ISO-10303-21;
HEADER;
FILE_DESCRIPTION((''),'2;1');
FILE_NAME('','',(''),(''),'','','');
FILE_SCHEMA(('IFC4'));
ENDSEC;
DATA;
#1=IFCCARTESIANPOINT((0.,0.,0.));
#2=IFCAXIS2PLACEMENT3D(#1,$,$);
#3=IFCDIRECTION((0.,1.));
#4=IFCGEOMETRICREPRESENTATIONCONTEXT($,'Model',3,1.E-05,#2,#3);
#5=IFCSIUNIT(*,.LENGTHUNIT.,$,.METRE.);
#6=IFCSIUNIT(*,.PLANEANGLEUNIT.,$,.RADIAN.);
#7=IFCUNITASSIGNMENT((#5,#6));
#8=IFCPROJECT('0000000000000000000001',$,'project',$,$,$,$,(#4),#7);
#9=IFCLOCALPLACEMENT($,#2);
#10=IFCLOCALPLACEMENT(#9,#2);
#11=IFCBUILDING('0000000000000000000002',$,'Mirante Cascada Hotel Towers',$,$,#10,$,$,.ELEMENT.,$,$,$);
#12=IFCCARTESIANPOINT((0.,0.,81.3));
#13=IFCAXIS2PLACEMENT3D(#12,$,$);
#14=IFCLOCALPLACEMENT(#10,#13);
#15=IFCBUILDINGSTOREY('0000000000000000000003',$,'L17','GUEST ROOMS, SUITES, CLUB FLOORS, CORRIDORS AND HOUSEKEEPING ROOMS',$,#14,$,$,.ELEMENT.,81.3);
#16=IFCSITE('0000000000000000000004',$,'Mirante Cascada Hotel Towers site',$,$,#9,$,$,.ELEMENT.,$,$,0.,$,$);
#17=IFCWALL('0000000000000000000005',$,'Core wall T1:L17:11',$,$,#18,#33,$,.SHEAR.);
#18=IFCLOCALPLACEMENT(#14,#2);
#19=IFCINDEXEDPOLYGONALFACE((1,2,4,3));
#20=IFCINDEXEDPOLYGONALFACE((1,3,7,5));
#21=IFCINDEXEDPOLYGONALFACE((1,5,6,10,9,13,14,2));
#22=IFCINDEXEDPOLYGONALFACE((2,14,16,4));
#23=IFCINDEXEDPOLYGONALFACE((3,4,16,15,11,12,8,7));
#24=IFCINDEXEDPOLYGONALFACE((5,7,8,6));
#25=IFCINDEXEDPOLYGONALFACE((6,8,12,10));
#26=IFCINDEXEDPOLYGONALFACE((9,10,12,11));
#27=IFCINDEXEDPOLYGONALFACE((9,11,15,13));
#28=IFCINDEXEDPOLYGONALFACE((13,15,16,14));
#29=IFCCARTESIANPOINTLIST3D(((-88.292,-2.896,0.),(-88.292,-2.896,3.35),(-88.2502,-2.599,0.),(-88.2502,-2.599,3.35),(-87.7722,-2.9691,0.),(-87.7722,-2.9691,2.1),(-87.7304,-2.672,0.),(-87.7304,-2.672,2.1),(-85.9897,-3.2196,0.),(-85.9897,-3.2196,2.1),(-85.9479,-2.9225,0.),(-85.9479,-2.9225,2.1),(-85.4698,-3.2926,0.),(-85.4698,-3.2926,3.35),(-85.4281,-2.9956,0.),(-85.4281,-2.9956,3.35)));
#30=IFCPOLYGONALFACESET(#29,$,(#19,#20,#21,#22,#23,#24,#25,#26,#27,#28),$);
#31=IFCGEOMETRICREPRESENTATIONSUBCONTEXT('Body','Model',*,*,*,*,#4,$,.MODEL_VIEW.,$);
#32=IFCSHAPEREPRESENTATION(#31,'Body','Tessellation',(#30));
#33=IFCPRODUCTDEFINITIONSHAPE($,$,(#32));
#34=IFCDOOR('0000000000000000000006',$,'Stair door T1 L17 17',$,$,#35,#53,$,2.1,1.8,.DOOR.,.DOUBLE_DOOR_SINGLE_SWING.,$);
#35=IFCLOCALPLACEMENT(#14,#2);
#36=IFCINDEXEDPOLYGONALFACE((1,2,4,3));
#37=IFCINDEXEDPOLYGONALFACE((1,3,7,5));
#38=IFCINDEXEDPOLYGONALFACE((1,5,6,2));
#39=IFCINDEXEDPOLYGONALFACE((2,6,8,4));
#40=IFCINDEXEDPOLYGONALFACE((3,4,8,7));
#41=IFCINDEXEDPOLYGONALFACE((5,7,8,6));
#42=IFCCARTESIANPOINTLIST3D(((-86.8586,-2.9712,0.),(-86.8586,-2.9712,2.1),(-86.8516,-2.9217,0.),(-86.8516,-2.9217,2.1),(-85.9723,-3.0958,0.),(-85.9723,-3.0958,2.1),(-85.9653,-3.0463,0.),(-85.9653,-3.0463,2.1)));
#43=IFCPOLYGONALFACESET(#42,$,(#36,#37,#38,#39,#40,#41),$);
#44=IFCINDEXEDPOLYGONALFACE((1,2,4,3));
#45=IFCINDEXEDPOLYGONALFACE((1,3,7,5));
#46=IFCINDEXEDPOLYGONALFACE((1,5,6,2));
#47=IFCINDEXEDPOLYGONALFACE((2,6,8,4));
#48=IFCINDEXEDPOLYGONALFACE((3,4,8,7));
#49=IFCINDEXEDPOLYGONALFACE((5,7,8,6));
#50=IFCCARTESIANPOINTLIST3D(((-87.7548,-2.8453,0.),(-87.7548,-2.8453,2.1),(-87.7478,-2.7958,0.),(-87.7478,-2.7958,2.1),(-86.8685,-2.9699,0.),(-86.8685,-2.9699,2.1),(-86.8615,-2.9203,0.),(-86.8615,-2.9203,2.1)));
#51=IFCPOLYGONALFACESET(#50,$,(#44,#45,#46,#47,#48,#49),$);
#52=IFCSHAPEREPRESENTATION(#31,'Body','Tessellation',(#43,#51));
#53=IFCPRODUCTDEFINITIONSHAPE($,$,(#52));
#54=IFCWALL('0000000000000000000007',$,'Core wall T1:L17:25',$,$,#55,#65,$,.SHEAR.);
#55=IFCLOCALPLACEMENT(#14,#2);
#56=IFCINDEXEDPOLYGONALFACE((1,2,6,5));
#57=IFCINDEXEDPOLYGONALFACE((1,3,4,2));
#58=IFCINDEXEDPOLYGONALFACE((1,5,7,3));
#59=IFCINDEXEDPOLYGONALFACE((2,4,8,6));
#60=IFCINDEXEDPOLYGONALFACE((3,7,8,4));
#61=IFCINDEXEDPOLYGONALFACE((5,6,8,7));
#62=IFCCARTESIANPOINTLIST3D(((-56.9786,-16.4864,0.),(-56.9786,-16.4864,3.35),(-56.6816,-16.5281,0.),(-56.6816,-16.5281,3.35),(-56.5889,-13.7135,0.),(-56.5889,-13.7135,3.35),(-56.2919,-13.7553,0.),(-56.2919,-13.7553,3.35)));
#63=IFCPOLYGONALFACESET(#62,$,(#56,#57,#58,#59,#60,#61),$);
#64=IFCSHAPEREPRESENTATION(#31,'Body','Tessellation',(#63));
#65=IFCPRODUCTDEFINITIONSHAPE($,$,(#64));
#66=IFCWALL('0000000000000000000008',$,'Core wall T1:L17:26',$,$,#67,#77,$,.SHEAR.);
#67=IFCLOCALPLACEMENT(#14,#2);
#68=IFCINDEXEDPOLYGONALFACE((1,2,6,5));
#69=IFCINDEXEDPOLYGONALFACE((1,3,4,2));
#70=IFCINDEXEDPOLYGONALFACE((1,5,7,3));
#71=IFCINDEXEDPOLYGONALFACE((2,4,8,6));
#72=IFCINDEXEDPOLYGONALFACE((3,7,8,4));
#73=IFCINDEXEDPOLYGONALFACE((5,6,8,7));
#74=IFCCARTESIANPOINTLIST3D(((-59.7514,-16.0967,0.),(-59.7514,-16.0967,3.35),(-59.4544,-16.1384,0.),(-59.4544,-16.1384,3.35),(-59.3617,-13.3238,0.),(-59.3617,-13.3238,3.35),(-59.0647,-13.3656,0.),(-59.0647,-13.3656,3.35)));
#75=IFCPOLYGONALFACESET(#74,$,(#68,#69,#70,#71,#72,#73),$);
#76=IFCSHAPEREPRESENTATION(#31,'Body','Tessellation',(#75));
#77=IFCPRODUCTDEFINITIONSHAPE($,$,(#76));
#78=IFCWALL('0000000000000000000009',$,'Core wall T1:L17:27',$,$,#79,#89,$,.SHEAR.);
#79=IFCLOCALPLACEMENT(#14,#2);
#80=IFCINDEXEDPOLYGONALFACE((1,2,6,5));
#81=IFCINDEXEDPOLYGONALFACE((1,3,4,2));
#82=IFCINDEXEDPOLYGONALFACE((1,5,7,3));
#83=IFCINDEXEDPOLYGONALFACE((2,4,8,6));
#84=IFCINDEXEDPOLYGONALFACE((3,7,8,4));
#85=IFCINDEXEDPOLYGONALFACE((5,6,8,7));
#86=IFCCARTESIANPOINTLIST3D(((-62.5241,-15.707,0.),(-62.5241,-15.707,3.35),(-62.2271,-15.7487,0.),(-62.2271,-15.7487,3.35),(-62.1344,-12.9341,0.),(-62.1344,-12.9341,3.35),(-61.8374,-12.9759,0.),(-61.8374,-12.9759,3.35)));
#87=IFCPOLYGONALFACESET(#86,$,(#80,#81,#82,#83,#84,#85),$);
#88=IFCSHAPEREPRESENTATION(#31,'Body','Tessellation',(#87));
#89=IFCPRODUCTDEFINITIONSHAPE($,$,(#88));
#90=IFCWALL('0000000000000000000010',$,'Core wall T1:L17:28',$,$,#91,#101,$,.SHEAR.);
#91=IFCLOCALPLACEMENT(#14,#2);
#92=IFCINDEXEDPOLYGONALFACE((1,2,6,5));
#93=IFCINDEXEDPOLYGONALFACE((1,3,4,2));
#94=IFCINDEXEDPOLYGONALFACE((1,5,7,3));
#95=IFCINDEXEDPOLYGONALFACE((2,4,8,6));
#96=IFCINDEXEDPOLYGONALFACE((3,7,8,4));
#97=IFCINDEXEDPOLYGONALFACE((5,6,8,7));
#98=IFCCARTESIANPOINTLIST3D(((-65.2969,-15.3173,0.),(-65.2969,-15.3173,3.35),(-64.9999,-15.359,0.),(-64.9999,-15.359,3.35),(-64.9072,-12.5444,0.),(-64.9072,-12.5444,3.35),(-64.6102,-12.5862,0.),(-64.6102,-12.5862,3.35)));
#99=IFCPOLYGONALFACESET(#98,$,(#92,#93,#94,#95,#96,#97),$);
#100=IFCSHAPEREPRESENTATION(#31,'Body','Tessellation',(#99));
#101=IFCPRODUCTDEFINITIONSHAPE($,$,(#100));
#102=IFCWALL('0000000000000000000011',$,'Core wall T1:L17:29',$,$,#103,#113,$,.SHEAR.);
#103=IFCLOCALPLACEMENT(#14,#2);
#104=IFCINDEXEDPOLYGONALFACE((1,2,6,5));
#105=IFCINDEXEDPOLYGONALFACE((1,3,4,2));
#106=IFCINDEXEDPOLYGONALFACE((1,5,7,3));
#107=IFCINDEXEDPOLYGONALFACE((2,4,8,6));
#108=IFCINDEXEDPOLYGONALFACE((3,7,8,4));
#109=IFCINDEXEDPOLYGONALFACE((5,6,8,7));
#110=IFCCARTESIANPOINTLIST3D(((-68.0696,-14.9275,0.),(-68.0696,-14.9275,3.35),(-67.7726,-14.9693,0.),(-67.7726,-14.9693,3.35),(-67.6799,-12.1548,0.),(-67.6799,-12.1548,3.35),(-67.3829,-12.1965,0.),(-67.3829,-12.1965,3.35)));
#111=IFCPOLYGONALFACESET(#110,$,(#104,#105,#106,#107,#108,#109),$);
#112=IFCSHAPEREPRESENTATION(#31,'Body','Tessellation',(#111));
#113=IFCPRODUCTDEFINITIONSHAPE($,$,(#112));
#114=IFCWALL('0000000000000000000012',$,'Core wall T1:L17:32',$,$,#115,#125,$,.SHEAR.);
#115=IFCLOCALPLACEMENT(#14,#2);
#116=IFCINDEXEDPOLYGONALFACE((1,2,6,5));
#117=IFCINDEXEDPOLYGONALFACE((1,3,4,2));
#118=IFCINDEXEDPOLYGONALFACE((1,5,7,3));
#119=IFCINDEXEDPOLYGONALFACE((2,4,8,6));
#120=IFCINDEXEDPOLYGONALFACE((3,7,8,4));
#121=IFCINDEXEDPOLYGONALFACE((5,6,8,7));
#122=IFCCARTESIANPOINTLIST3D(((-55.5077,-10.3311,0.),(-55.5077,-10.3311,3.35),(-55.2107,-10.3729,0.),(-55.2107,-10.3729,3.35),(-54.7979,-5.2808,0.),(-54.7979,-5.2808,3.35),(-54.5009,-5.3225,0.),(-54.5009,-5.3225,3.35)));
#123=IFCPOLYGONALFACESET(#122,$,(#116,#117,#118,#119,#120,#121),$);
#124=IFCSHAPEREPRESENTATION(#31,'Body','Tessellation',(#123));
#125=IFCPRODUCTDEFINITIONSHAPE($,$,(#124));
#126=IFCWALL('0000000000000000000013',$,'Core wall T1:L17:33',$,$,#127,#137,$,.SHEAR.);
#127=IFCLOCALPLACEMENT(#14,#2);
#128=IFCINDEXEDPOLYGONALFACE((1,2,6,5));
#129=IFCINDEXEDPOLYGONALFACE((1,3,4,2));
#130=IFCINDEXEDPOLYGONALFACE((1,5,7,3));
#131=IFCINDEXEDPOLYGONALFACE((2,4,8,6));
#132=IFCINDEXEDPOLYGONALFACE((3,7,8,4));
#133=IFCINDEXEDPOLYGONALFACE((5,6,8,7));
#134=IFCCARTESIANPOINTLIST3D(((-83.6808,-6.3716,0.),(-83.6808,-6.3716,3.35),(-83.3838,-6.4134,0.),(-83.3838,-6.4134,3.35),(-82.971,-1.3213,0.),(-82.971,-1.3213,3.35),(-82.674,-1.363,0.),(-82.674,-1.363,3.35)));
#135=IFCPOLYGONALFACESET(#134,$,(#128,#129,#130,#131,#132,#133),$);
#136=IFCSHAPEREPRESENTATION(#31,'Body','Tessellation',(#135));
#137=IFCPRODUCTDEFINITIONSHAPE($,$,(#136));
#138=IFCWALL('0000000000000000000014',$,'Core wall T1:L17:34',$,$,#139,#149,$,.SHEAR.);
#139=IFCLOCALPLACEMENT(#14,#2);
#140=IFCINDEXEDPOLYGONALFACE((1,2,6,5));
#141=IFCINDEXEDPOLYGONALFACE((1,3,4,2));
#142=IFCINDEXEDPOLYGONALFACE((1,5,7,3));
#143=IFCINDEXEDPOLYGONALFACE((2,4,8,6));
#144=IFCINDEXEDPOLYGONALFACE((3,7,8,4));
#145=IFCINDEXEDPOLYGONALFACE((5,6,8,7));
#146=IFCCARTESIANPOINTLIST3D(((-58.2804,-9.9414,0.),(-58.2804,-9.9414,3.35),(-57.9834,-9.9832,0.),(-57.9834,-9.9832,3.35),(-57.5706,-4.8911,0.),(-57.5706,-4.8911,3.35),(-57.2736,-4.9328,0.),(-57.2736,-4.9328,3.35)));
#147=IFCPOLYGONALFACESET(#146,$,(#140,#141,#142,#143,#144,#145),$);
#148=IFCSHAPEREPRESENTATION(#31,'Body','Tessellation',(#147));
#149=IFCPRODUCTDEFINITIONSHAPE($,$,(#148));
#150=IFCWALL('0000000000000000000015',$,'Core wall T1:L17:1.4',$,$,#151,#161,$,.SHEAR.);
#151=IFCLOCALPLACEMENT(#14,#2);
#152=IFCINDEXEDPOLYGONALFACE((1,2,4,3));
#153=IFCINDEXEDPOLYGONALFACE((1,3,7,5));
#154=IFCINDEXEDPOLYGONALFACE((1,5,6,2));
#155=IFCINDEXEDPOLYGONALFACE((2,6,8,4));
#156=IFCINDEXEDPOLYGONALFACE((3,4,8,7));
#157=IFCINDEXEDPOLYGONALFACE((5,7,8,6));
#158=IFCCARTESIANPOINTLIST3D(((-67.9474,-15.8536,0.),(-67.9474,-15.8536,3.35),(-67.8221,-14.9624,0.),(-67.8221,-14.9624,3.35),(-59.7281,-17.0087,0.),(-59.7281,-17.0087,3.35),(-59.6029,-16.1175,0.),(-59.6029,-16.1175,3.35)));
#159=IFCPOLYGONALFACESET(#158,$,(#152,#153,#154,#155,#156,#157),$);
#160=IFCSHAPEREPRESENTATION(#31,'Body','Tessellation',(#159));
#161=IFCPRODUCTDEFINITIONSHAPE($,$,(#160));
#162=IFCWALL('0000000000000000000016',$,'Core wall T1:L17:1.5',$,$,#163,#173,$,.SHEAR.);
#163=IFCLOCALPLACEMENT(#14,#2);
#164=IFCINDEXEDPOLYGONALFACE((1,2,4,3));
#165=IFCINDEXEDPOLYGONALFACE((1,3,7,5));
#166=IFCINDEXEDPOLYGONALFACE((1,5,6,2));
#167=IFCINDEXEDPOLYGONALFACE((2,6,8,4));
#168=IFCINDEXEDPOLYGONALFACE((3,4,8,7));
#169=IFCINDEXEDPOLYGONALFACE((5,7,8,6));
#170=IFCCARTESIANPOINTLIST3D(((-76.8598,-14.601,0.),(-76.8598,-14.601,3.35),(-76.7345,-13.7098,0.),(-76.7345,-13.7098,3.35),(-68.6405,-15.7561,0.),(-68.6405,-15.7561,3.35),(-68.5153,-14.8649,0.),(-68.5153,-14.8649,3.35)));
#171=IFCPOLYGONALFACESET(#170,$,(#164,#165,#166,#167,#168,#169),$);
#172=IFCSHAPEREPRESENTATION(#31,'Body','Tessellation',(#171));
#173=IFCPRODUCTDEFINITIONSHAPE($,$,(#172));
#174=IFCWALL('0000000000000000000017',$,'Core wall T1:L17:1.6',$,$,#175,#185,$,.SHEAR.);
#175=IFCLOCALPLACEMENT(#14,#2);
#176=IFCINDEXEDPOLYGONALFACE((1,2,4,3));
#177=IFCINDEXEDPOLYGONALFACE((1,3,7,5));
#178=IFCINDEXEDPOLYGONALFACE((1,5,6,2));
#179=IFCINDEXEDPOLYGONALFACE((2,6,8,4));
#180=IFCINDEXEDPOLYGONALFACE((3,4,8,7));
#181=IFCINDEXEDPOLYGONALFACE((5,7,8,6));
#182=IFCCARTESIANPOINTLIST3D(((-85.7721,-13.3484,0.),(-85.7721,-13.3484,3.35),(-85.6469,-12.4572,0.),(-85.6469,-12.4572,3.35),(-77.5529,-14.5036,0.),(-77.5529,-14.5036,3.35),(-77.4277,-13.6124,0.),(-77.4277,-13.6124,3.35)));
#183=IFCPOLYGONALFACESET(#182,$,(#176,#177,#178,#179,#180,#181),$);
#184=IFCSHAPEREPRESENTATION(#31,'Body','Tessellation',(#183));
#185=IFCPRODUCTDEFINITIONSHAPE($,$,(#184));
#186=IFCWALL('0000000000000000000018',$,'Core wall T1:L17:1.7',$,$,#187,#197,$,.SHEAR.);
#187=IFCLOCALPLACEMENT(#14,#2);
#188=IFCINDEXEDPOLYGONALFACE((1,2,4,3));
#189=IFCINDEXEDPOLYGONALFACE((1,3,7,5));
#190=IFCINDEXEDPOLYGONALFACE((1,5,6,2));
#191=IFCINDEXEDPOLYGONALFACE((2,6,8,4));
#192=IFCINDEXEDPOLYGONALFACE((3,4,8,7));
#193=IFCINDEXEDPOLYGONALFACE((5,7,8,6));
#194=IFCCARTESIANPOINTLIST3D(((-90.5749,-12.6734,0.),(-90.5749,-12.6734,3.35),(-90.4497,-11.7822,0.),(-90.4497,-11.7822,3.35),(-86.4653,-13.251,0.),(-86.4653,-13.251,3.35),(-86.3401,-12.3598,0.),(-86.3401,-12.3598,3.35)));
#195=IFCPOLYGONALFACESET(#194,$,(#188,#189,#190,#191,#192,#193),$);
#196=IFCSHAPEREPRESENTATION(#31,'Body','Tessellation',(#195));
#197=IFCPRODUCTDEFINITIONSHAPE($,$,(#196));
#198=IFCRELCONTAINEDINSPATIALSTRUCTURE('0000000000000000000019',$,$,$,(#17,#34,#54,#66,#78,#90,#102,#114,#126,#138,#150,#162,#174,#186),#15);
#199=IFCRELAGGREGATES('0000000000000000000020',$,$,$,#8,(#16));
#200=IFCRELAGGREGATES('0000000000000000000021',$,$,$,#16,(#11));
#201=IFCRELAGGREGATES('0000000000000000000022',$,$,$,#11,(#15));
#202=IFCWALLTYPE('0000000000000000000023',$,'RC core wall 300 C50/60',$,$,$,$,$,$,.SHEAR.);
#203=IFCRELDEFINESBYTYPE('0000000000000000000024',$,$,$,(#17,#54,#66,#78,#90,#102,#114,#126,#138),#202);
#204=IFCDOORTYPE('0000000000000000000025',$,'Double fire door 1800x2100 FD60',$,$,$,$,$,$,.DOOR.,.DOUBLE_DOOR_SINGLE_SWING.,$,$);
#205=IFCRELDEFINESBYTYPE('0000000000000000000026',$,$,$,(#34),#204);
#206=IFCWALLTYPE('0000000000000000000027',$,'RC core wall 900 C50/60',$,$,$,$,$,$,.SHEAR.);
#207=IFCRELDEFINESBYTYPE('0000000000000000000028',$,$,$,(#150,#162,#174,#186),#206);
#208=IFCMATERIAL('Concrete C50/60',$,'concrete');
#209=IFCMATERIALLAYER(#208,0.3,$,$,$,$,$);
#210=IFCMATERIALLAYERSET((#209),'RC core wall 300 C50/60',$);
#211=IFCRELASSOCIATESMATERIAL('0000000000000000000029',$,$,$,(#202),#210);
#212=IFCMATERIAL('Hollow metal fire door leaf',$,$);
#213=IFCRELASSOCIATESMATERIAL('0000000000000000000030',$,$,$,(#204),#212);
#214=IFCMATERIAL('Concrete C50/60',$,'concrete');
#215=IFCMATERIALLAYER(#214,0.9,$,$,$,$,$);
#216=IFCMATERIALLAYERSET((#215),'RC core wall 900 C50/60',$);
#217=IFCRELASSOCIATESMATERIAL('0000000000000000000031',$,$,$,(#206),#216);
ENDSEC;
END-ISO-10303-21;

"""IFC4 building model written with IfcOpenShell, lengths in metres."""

from ifc_helpers import new_model, si_unit, direction, frame, frame_2d, origin, place, context, subcontext, project, spatial, rectangle, extrude, material, layer, layer_set, type_object, element, fill, save


model = new_model("IFC4")

# Units and contexts
model_context = context("Model", 3, precision=1e-05, world=origin(), true_north=direction((0.0, 1.0)))
body_context = subcontext(model_context, "Body", "Model", "MODEL_VIEW")
ifc_project = project(units=[si_unit("LENGTHUNIT", "METRE"), si_unit("PLANEANGLEUNIT", "RADIAN")], contexts=[model_context])

# Site, building, storey
site_placement = place(None, origin())
site = spatial("IfcSite", under=ifc_project, at=site_placement, Name="Mirante Cascada Hotel Towers site", CompositionType="ELEMENT", RefElevation=0.0)
building_placement = place(site_placement, origin())
building = spatial("IfcBuilding", under=site, at=building_placement, Name="Mirante Cascada Hotel Towers", CompositionType="ELEMENT")
storey_placement = place(building_placement, frame((0.0, 0.0, 81.3)))
storey = spatial("IfcBuildingStorey", under=building, at=storey_placement, Name="L17", Description="GUEST ROOMS, SUITES, CLUB FLOORS, CORRIDORS AND HOUSEKEEPING ROOMS", CompositionType="ELEMENT", Elevation=81.3)

# Wall, opening, door
ifc_material_1 = material(Name="Concrete C50/60", Category="concrete")
ifc_layer_1 = layer(ifc_material_1, 0.3)
ifc_layer_set_1 = layer_set([ifc_layer_1], Name="RC core wall 300 C50/60")
wall_type_1 = type_object("IfcWallType", Name="RC core wall 300 C50/60", PredefinedType="SHEAR", material=ifc_layer_set_1)
wall_1_placement = place(storey_placement, frame((-85.4489, -3.1441, 0.0), z_axis=(0.0, 0.0, 1.0), x_axis=(-0.99027, 0.139161, 0.0)))
wall_1 = element("IfcWall", 1, at=wall_1_placement, inside=storey, type_object=wall_type_1, Name="Core wall T1:L17:11", PredefinedType="SHEAR", context=body_context, shape_type="SweptSolid", body=[
    extrude(rectangle(XDim=2.8499, YDim=0.3, at=frame_2d((1.425, 0.0))), origin(), (0.0, 0.0, 1.0), 3.35),
])
opening_placement = place(wall_1_placement, frame((0.525, 0.0, 0.0)))
opening = element("IfcOpeningElement", 2, at=opening_placement, cuts=wall_1, PredefinedType="OPENING", context=body_context, shape_type="SweptSolid", body=[
    extrude(rectangle(XDim=1.8, YDim=2.1, at=frame_2d((0.9, 1.05))), frame((0.0, 0.15, 0.0), z_axis=(0.0, -1.0, 0.0), x_axis=(1.0, 0.0, 0.0)), (0.0, 0.0, 1.0), 0.3),
])
ifc_material_2 = material(Name="Hollow metal fire door leaf")
door_type = type_object("IfcDoorType", Name="Double fire door 1800x2100 FD60", OperationType="DOUBLE_DOOR_SINGLE_SWING", PredefinedType="DOOR", material=ifc_material_2)
door_placement = place(opening_placement, origin())
door = element("IfcDoor", 3, at=door_placement, inside=storey, type_object=door_type, Name="Stair door T1 L17 17", OperationType="DOUBLE_DOOR_SINGLE_SWING", OverallHeight=2.1, OverallWidth=1.8, PredefinedType="DOOR", context=body_context, shape_type="SweptSolid", body=[
    extrude(rectangle(XDim=0.895, YDim=2.1, at=frame_2d((0.4475, 1.05))), frame((0.0, 0.025, 0.0), z_axis=(0.0, -1.0, 0.0), x_axis=(1.0, 0.0, 0.0)), (0.0, 0.0, 1.0), 0.05),
    extrude(rectangle(XDim=0.895, YDim=2.1, at=frame_2d((1.3525, 1.05))), frame((0.0, 0.025, 0.0), z_axis=(0.0, -1.0, 0.0), x_axis=(1.0, 0.0, 0.0)), (0.0, 0.0, 1.0), 0.05),
])
fill(opening, door)

# Walls
for number, where, z_axis, x_axis, name in (
    (4, (-56.8301, -16.5072, 0.0), (0.0, 0.0, 1.0), (0.139176, 0.990268, 0.0), "Core wall T1:L17:25"),
    (5, (-59.6029, -16.1175, 0.0), (0.0, 0.0, 1.0), (0.139176, 0.990268, 0.0), "Core wall T1:L17:26"),
    (6, (-62.3756, -15.7278, 0.0), (0.0, 0.0, 1.0), (0.139176, 0.990268, 0.0), "Core wall T1:L17:27"),
    (7, (-65.1484, -15.3381, 0.0), (0.0, 0.0, 1.0), (0.139176, 0.990268, 0.0), "Core wall T1:L17:28"),
):
    element("IfcWall", number, at=place(storey_placement, frame(where, z_axis=z_axis, x_axis=x_axis)), inside=storey, type_object=wall_type_1, Name=name, PredefinedType="SHEAR", context=body_context, shape_type="SweptSolid", body=[
        extrude(rectangle(XDim=2.8001, YDim=0.3, at=frame_2d((1.4, 0.0))), origin(), (0.0, 0.0, 1.0), 3.35),
    ])
wall_2_placement = place(storey_placement, frame((-67.9211, -14.9484, 0.0), z_axis=(0.0, 0.0, 1.0), x_axis=(0.139181, 0.990267, 0.0)))
element("IfcWall", 8, at=wall_2_placement, inside=storey, type_object=wall_type_1, Name="Core wall T1:L17:29", PredefinedType="SHEAR", context=body_context, shape_type="SweptSolid", body=[
    extrude(rectangle(XDim=2.8, YDim=0.3, at=frame_2d((1.4, 0.0))), origin(), (0.0, 0.0, 1.0), 3.35),
])
for number, where, z_axis, x_axis, name in (
    (9, (-55.3592, -10.352, 0.0), (0.0, 0.0, 1.0), (0.139176, 0.990268, 0.0), "Core wall T1:L17:32"),
    (10, (-83.5323, -6.3925, 0.0), (0.0, 0.0, 1.0), (0.139176, 0.990268, 0.0), "Core wall T1:L17:33"),
    (11, (-58.1319, -9.9623, 0.0), (0.0, 0.0, 1.0), (0.139176, 0.990268, 0.0), "Core wall T1:L17:34"),
):
    element("IfcWall", number, at=place(storey_placement, frame(where, z_axis=z_axis, x_axis=x_axis)), inside=storey, type_object=wall_type_1, Name=name, PredefinedType="SHEAR", context=body_context, shape_type="SweptSolid", body=[
        extrude(rectangle(XDim=5.1, YDim=0.3, at=frame_2d((2.55, 0.0))), origin(), (0.0, 0.0, 1.0), 3.35),
    ])
ifc_material_3 = material(Name="Concrete C50/60", Category="concrete")
ifc_layer_2 = layer(ifc_material_3, 0.9)
ifc_layer_set_2 = layer_set([ifc_layer_2], Name="RC core wall 900 C50/60")
wall_type_2 = type_object("IfcWallType", Name="RC core wall 900 C50/60", PredefinedType="SHEAR", material=ifc_layer_set_2)
for number, where, z_axis, x_axis, name in (
    (12, (-59.6655, -16.5631, 0.0), (0.0, 0.0, 1.0), (-0.990269, 0.139169, 0.0), "Core wall T1:L17:1.4"),
    (13, (-68.5779, -15.3105, 0.0), (0.0, 0.0, 1.0), (-0.990269, 0.139169, 0.0), "Core wall T1:L17:1.5"),
    (14, (-77.4903, -14.058, 0.0), (0.0, 0.0, 1.0), (-0.990267, 0.139181, 0.0), "Core wall T1:L17:1.6"),
):
    element("IfcWall", number, at=place(storey_placement, frame(where, z_axis=z_axis, x_axis=x_axis)), inside=storey, type_object=wall_type_2, Name=name, PredefinedType="SHEAR", context=body_context, shape_type="SweptSolid", body=[
        extrude(rectangle(XDim=8.3, YDim=0.9, at=frame_2d((4.15, 0.0))), origin(), (0.0, 0.0, 1.0), 3.35),
    ])
wall_3_placement = place(storey_placement, frame((-86.4027, -12.8054, 0.0), z_axis=(0.0, 0.0, 1.0), x_axis=(-0.990267, 0.139181, 0.0)))
element("IfcWall", 15, at=wall_3_placement, inside=storey, type_object=wall_type_2, Name="Core wall T1:L17:1.7", PredefinedType="SHEAR", context=body_context, shape_type="SweptSolid", body=[
    extrude(rectangle(XDim=4.15, YDim=0.9, at=frame_2d((2.075, 0.0))), origin(), (0.0, 0.0, 1.0), 3.35),
])

save(model, "model.ifc")
